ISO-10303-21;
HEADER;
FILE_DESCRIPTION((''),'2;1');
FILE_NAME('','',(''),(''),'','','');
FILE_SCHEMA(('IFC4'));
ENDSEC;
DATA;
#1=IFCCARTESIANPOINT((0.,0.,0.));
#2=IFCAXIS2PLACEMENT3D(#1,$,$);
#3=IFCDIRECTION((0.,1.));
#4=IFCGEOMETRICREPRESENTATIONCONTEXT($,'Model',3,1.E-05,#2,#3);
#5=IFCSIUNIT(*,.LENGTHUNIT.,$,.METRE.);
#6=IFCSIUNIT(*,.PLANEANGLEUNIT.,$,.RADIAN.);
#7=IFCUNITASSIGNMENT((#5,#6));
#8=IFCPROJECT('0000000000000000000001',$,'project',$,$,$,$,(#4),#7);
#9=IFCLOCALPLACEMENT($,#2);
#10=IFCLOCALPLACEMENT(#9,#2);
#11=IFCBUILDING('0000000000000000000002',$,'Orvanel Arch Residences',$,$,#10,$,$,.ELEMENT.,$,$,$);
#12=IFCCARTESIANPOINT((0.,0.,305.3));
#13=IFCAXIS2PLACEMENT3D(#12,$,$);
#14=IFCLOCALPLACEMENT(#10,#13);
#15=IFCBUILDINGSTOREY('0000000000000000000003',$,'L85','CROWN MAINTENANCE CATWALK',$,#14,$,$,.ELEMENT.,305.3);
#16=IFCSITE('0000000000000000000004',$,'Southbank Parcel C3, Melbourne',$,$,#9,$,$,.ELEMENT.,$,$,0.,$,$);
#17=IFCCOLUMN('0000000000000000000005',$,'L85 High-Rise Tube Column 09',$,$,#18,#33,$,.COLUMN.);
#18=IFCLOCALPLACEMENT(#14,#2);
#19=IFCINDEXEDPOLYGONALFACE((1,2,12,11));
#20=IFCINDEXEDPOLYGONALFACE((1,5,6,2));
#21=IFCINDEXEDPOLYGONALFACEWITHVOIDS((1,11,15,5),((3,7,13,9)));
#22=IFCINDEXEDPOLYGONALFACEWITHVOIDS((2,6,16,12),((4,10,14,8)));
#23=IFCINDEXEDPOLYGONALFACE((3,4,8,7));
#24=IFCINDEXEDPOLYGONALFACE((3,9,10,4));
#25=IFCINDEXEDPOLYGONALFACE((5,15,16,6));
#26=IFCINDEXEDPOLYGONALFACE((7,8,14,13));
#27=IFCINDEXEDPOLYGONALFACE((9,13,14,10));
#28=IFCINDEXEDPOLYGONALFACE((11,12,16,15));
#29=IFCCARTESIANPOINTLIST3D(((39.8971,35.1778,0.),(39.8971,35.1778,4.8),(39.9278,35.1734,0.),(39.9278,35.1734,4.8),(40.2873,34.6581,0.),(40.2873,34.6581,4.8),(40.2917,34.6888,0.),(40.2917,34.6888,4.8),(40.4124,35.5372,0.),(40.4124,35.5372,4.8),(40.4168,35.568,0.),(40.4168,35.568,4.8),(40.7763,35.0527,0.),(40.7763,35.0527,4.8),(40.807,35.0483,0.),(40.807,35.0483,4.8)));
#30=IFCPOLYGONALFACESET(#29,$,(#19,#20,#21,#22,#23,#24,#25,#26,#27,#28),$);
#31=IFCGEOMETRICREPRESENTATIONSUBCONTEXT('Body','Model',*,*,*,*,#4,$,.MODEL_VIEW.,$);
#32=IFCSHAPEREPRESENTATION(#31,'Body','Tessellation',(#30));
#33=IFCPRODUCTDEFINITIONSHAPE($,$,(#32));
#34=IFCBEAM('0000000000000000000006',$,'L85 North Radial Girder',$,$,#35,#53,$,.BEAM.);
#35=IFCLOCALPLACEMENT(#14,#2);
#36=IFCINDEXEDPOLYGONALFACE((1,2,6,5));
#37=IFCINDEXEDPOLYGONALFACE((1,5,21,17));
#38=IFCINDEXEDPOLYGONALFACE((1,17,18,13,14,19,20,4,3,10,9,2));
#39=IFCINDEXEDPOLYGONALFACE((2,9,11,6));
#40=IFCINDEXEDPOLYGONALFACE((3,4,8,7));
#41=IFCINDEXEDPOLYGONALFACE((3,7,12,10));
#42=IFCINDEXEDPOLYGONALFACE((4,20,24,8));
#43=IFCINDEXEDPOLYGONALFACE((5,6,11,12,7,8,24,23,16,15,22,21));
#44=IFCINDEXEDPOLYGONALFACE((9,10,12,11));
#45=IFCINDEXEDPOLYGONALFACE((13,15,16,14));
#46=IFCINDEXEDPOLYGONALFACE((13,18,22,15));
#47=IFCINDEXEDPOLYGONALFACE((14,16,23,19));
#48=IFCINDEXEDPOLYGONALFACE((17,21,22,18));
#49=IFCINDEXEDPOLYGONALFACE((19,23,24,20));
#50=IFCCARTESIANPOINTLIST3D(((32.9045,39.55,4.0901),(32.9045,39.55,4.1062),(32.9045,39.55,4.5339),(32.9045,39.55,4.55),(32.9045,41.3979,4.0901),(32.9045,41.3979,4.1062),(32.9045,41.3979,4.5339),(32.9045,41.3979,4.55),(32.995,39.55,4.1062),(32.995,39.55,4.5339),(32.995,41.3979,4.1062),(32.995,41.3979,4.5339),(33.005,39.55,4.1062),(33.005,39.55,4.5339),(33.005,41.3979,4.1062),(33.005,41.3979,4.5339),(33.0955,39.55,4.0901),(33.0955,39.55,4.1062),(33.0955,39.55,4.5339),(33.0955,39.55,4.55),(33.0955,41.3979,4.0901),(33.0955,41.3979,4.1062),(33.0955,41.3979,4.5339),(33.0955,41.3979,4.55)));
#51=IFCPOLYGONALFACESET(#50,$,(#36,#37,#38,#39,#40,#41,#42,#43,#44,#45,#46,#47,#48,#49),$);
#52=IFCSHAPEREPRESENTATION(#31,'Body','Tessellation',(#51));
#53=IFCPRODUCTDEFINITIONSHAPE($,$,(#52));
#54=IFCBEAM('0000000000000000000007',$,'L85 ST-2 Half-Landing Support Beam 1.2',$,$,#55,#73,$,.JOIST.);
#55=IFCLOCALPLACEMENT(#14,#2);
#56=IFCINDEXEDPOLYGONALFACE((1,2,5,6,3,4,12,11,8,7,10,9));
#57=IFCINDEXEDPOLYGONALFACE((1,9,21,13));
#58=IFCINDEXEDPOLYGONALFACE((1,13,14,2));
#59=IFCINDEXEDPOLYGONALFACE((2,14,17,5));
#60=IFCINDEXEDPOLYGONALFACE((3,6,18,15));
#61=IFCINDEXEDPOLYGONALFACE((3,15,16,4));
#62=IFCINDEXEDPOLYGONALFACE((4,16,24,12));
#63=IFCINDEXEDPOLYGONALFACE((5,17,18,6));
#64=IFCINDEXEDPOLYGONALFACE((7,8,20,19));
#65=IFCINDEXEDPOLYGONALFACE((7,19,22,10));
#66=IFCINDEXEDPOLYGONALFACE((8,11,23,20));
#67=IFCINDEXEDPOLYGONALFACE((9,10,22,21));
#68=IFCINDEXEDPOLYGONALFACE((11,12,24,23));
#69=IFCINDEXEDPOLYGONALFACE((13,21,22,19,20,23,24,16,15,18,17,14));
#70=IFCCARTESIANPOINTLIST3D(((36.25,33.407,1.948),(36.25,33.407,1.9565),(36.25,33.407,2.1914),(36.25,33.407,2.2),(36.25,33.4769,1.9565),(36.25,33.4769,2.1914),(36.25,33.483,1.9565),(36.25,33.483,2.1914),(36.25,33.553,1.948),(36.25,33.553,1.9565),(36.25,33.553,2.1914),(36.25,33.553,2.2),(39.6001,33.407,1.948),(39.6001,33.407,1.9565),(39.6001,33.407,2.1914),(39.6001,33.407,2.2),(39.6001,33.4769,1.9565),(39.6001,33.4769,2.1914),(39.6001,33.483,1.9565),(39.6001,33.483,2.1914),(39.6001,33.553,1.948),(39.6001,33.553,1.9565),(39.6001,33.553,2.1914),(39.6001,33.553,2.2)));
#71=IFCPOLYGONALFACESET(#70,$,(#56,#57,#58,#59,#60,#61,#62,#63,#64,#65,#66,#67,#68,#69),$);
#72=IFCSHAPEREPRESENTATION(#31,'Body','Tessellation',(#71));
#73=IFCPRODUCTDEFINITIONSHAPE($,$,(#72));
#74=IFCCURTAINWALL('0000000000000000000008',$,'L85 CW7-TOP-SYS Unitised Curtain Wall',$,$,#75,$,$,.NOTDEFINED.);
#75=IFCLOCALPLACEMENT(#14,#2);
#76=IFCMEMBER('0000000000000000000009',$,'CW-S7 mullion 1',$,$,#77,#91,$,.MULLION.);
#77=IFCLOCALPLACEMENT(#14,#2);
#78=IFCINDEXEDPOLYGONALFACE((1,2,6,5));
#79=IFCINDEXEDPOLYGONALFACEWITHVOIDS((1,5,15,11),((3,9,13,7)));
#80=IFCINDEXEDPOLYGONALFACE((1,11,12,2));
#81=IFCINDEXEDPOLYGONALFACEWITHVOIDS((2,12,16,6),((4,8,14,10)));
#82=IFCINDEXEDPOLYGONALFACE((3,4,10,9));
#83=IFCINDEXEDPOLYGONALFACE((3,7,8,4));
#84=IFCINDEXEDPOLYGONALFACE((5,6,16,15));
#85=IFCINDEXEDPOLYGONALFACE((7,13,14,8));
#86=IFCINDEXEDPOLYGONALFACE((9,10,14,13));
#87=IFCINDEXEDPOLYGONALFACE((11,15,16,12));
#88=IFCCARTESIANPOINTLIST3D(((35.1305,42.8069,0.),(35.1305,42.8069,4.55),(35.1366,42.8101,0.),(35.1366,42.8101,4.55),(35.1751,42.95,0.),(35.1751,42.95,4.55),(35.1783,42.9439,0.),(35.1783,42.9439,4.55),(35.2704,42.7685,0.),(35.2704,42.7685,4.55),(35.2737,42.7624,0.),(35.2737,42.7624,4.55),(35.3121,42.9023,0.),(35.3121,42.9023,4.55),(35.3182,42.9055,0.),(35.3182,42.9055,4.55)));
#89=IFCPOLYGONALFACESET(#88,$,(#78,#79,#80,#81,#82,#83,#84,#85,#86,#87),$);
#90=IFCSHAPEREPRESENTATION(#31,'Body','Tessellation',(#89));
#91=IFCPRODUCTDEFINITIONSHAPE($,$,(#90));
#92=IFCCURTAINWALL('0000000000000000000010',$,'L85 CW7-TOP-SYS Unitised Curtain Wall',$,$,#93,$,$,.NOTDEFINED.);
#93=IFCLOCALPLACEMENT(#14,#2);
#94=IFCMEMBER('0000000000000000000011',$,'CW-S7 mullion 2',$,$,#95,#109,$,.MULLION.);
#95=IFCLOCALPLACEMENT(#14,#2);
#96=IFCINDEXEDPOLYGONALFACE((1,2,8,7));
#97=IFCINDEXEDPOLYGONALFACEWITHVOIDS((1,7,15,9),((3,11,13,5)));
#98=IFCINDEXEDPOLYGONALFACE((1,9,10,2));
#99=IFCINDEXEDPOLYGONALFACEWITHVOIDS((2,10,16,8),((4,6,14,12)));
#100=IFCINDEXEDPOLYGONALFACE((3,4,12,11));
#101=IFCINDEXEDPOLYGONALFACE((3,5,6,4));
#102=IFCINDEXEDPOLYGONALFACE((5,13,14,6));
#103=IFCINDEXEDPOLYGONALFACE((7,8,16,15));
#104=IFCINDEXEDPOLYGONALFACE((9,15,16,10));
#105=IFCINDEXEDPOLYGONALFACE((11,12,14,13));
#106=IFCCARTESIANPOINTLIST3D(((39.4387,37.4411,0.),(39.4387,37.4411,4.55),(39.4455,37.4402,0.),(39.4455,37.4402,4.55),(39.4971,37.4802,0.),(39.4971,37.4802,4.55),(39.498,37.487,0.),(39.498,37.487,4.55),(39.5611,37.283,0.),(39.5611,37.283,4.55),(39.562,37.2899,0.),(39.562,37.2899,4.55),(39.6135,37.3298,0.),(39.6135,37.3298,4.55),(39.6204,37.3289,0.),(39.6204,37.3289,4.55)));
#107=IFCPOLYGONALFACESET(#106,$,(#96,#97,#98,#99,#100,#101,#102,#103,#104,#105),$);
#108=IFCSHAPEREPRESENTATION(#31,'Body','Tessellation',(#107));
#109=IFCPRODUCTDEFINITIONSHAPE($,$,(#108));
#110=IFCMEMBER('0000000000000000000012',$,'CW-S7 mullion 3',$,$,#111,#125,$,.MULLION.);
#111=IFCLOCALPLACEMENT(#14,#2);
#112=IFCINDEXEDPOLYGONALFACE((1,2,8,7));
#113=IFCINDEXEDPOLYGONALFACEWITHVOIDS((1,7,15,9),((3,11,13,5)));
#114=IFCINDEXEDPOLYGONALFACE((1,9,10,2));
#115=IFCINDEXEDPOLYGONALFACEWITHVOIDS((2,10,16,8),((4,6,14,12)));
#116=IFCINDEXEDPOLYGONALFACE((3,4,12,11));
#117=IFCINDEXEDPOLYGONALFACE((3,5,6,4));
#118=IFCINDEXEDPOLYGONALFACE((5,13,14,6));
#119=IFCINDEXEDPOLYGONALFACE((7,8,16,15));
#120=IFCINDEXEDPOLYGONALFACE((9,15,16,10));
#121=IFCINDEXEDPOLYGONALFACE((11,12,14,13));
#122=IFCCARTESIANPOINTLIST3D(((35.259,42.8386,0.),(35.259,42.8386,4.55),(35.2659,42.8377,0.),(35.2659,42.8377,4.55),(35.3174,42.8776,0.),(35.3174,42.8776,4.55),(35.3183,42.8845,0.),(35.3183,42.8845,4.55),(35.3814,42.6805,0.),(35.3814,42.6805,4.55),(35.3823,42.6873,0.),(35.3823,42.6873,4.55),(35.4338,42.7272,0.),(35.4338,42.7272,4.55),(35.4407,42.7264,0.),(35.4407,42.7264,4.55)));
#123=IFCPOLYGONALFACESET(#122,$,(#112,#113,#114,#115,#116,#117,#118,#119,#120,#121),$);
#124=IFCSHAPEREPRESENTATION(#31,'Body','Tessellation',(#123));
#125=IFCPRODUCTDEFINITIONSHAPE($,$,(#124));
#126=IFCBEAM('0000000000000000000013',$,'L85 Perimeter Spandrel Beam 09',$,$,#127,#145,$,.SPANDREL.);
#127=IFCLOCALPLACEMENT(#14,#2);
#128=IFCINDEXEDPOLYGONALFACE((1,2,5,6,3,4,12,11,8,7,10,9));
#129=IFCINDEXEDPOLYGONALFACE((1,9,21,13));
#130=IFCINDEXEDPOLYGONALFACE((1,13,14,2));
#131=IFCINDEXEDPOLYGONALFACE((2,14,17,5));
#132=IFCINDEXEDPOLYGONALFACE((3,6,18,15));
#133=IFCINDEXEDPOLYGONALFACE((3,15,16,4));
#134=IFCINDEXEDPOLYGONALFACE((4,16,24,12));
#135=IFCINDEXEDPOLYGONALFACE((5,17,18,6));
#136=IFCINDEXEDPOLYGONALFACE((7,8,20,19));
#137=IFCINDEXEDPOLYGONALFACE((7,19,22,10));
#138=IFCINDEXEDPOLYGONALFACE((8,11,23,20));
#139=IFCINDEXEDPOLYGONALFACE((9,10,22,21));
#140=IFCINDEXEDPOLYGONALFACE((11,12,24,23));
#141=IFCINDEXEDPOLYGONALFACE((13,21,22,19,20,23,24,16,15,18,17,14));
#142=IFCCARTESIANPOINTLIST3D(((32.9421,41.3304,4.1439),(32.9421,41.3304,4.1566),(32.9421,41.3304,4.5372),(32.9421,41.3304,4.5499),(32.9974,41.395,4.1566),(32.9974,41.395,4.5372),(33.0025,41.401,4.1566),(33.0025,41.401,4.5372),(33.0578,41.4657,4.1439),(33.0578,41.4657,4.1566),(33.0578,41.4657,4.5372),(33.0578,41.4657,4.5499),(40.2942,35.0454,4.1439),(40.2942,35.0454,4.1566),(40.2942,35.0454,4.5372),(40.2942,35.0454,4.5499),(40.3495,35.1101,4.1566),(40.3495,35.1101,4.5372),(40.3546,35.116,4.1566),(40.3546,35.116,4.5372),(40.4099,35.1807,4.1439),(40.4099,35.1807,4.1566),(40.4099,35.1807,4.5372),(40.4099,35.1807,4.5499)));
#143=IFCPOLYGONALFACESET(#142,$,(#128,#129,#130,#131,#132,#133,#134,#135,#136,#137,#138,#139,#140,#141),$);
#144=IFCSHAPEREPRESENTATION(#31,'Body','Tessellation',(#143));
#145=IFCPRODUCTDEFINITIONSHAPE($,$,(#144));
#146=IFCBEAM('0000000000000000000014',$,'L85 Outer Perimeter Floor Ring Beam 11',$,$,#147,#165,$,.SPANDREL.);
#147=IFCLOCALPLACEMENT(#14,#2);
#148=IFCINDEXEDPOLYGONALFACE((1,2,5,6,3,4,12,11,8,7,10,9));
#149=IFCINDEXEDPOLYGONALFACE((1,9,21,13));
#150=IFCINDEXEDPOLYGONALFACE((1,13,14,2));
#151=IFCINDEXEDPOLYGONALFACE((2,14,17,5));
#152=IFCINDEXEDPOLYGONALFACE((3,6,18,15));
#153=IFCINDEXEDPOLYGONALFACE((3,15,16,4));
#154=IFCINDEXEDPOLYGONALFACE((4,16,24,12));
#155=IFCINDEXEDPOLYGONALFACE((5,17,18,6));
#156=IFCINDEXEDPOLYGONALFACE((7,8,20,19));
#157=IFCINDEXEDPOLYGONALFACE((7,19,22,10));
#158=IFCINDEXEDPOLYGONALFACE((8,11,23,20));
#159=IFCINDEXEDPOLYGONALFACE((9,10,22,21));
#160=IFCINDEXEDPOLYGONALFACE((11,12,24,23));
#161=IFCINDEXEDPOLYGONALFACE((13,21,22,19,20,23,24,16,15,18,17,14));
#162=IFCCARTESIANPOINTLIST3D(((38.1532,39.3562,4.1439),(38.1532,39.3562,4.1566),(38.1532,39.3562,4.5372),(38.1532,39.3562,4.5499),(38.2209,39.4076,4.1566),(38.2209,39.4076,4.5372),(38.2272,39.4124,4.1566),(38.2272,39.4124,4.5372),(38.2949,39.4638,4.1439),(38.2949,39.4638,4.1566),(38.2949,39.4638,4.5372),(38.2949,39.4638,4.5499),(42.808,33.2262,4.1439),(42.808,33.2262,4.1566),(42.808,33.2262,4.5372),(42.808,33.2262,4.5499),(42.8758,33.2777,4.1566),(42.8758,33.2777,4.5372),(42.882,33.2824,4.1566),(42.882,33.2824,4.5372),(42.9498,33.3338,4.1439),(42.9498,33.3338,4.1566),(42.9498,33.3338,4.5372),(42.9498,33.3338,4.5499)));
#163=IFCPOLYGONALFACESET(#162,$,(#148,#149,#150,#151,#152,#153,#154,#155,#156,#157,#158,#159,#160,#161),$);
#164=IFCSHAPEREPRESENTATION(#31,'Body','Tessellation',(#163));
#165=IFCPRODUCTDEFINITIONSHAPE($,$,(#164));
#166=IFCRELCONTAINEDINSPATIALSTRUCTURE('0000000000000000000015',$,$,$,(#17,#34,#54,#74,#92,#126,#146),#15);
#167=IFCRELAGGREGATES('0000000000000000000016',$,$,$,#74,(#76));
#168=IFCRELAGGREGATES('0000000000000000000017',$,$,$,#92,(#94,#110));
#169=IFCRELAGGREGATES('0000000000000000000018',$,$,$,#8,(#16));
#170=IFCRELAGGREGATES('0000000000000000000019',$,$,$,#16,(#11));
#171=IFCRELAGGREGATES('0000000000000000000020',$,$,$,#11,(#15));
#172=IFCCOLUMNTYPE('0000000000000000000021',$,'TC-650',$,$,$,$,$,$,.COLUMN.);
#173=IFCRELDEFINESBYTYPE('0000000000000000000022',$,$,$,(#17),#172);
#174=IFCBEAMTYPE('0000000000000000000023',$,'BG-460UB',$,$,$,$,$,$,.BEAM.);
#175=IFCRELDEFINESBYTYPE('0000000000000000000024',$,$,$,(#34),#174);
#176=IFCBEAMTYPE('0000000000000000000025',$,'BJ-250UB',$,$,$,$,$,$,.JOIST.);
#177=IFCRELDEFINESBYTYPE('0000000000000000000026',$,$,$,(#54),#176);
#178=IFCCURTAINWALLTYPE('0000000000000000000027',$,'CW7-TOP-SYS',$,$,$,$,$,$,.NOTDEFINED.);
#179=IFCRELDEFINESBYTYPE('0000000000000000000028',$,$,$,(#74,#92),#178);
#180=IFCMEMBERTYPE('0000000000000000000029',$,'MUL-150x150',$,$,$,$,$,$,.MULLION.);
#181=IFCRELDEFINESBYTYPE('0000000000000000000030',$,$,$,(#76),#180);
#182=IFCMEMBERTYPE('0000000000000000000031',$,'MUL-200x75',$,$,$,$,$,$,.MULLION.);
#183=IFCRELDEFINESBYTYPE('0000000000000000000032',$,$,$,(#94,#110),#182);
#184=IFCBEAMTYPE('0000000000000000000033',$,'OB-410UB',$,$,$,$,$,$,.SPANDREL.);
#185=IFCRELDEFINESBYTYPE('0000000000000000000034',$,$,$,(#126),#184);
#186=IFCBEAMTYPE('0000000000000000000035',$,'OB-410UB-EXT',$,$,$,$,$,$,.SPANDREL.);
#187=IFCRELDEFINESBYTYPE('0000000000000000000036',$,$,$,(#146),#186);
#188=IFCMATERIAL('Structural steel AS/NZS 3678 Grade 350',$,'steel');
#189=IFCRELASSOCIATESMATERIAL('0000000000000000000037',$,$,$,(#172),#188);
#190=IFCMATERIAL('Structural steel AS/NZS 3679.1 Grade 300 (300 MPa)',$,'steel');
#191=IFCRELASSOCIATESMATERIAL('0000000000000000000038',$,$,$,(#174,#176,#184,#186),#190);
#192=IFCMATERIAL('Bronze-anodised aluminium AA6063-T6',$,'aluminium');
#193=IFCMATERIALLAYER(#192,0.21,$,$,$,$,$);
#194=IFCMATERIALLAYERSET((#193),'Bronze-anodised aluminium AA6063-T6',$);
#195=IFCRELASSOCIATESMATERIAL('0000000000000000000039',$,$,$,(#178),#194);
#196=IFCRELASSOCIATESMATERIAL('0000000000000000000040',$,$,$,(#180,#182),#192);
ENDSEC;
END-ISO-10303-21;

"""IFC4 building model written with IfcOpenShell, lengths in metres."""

from ifc_helpers import new_model, si_unit, direction, frame, origin, origin_2d, place, context, subcontext, project, spatial, hollow_rectangle, i_section, extrude, material, layer, layer_set, material_profile, profile_set, type_object, element, aggregate, save


model = new_model("IFC4")

# Units and contexts
model_context = context("Model", 3, precision=1e-05, world=origin(), true_north=direction((0.0, 1.0)))
body_context = subcontext(model_context, "Body", "Model", "MODEL_VIEW")
ifc_project = project(units=[si_unit("LENGTHUNIT", "METRE"), si_unit("PLANEANGLEUNIT", "RADIAN")], contexts=[model_context])

# Site, building, storey
site_placement = place(None, origin())
site = spatial("IfcSite", under=ifc_project, at=site_placement, Name="Southbank Parcel C3, Melbourne", CompositionType="ELEMENT", RefElevation=0.0)
building_placement = place(site_placement, origin())
building = spatial("IfcBuilding", under=site, at=building_placement, Name="Orvanel Arch Residences", CompositionType="ELEMENT")
storey_placement = place(building_placement, frame((0.0, 0.0, 305.3)))
storey = spatial("IfcBuildingStorey", under=building, at=storey_placement, Name="L85", Description="CROWN MAINTENANCE CATWALK", CompositionType="ELEMENT", Elevation=305.3)

# Column
ifc_material_1 = material(Name="Structural steel AS/NZS 3678 Grade 350", Category="steel")
ifc_material_profile_1 = material_profile(ifc_material_1, hollow_rectangle(XDim=0.6499, YDim=0.6499, WallThickness=0.022, at=origin_2d()), Name="BOX650x650x22")
ifc_profile_set_1 = profile_set([ifc_material_profile_1], Name="Structural steel AS/NZS 3678 Grade 350")
column_type = type_object("IfcColumnType", Name="TC-650", PredefinedType="COLUMN", material=ifc_profile_set_1)
column_placement = place(storey_placement, frame((40.3521, 35.113, 0.0), z_axis=(0.0, 0.0, 1.0), x_axis=(-0.60042, 0.799685, 0.0)))
element("IfcColumn", 1, at=column_placement, inside=storey, type_object=column_type, Name="L85 High-Rise Tube Column 09", PredefinedType="COLUMN", context=body_context, shape_type="SweptSolid", body=[
    extrude(hollow_rectangle(XDim=0.6499, YDim=0.6499, WallThickness=0.022, at=origin_2d()), origin(), (0.0, 0.0, 1.0), 4.8),
])

# Beams
ifc_material_2 = material(Name="Structural steel AS/NZS 3679.1 Grade 300 (300 MPa)", Category="steel")
ifc_material_profile_2 = material_profile(ifc_material_2, i_section(OverallWidth=0.1909, OverallDepth=0.46, WebThickness=0.01, FlangeThickness=0.0161, at=origin_2d()), Name="460UB82.1")
ifc_profile_set_2 = profile_set([ifc_material_profile_2], Name="Structural steel AS/NZS 3679.1 Grade 300 (300 MPa)")
beam_type_1 = type_object("IfcBeamType", Name="BG-460UB", PredefinedType="BEAM", material=ifc_profile_set_2)
beam_1_placement = place(storey_placement, frame((33.0, 39.55, 4.3201), z_axis=(0.0, 1.0, 0.0), x_axis=(-1.0, 0.0, 0.0)))
element("IfcBeam", 2, at=beam_1_placement, inside=storey, type_object=beam_type_1, Name="L85 North Radial Girder", PredefinedType="BEAM", context=body_context, shape_type="SweptSolid", body=[
    extrude(i_section(OverallWidth=0.1909, OverallDepth=0.46, WebThickness=0.01, FlangeThickness=0.0161, at=origin_2d()), origin(), (0.0, 0.0, 1.0), 1.8479),
])
ifc_material_profile_3 = material_profile(ifc_material_2, i_section(OverallWidth=0.146, OverallDepth=0.252, WebThickness=0.0061, FlangeThickness=0.0085, at=origin_2d()), Name="250UB31.4")
ifc_profile_set_3 = profile_set([ifc_material_profile_3], Name="Structural steel AS/NZS 3679.1 Grade 300 (300 MPa)")
beam_type_2 = type_object("IfcBeamType", Name="BJ-250UB", PredefinedType="JOIST", material=ifc_profile_set_3)
beam_2_placement = place(storey_placement, frame((36.25, 33.48, 2.074), z_axis=(1.0, 0.0, 0.0), x_axis=(0.0, 1.0, 0.0)))
element("IfcBeam", 3, at=beam_2_placement, inside=storey, type_object=beam_type_2, Name="L85 ST-2 Half-Landing Support Beam 1.2", PredefinedType="JOIST", context=body_context, shape_type="SweptSolid", body=[
    extrude(i_section(OverallWidth=0.146, OverallDepth=0.252, WebThickness=0.0061, FlangeThickness=0.0085, at=origin_2d()), origin(), (0.0, 0.0, 1.0), 3.3501),
])

# Curtain wall, member
ifc_material_3 = material(Name="Bronze-anodised aluminium AA6063-T6", Category="aluminium")
ifc_layer_1 = layer(ifc_material_3, 0.21)
ifc_layer_set_1 = layer_set([ifc_layer_1], Name="Bronze-anodised aluminium AA6063-T6")
curtain_wall_type = type_object("IfcCurtainWallType", Name="CW7-TOP-SYS", PredefinedType="NOTDEFINED", material=ifc_layer_set_1)
curtain_wall_1_placement = place(storey_placement, origin())
curtain_wall_1 = element("IfcCurtainWall", 4, at=curtain_wall_1_placement, inside=storey, type_object=curtain_wall_type, Name="L85 CW7-TOP-SYS Unitised Curtain Wall", PredefinedType="NOTDEFINED")
ifc_material_profile_4 = material_profile(ifc_material_3, hollow_rectangle(XDim=0.1499, YDim=0.1499, WallThickness=0.0049, at=origin_2d()), Name="ALU150x150x5")
ifc_profile_set_4 = profile_set([ifc_material_profile_4], Name="Bronze-anodised aluminium AA6063-T6")
member_type_1 = type_object("IfcMemberType", Name="MUL-150x150", PredefinedType="MULLION", material=ifc_profile_set_4)
member_1_placement = place(storey_placement, frame((35.2244, 42.8562, 0.0), z_axis=(0.0, 0.0, 1.0), x_axis=(-0.297187, -0.954819, 0.0)))
member_1 = element("IfcMember", 5, at=member_1_placement, type_object=member_type_1, Name="CW-S7 mullion 1", PredefinedType="MULLION", context=body_context, shape_type="SweptSolid", body=[
    extrude(hollow_rectangle(XDim=0.1499, YDim=0.1499, WallThickness=0.0049, at=origin_2d()), origin(), (0.0, 0.0, 1.0), 4.55),
])

# Curtain wall, members
curtain_wall_2_placement = place(storey_placement, origin())
curtain_wall_2 = element("IfcCurtainWall", 6, at=curtain_wall_2_placement, inside=storey, type_object=curtain_wall_type, Name="L85 CW7-TOP-SYS Unitised Curtain Wall", PredefinedType="NOTDEFINED")
ifc_material_profile_5 = material_profile(ifc_material_3, hollow_rectangle(XDim=0.075, YDim=0.2, WallThickness=0.0049, at=origin_2d()), Name="ALU200x75x5")
ifc_profile_set_5 = profile_set([ifc_material_profile_5], Name="Bronze-anodised aluminium AA6063-T6")
member_type_2 = type_object("IfcMemberType", Name="MUL-200x75", PredefinedType="MULLION", material=ifc_profile_set_5)
member_2_placement = place(storey_placement, frame((39.5295, 37.385, 0.0), z_axis=(0.0, 0.0, 1.0), x_axis=(-0.790657, -0.61226, 0.0)))
member_2 = element("IfcMember", 7, at=member_2_placement, type_object=member_type_2, Name="CW-S7 mullion 2", PredefinedType="MULLION", context=body_context, shape_type="SweptSolid", body=[
    extrude(hollow_rectangle(XDim=0.075, YDim=0.2, WallThickness=0.0049, at=origin_2d()), origin(), (0.0, 0.0, 1.0), 4.55),
])
member_3_placement = place(storey_placement, frame((35.3499, 42.7825, 0.0), z_axis=(0.0, 0.0, 1.0), x_axis=(-0.790657, -0.61226, 0.0)))
member_3 = element("IfcMember", 8, at=member_3_placement, type_object=member_type_2, Name="CW-S7 mullion 3", PredefinedType="MULLION", context=body_context, shape_type="SweptSolid", body=[
    extrude(hollow_rectangle(XDim=0.075, YDim=0.2, WallThickness=0.0049, at=origin_2d()), origin(), (0.0, 0.0, 1.0), 4.55),
])

# Beams
ifc_material_profile_6 = material_profile(ifc_material_2, i_section(OverallWidth=0.178, OverallDepth=0.406, WebThickness=0.0078, FlangeThickness=0.0127, at=origin_2d()), Name="410UB59.7")
ifc_profile_set_6 = profile_set([ifc_material_profile_6], Name="Structural steel AS/NZS 3679.1 Grade 300 (300 MPa)")
beam_type_3 = type_object("IfcBeamType", Name="OB-410UB", PredefinedType="SPANDREL", material=ifc_profile_set_6)
beam_3_placement = place(storey_placement, frame((40.3521, 35.113, 4.3469), z_axis=(-0.760117, 0.649787, 0.0), x_axis=(-0.649787, -0.760117, 0.0)))
element("IfcBeam", 9, at=beam_3_placement, inside=storey, type_object=beam_type_3, Name="L85 Perimeter Spandrel Beam 09", PredefinedType="SPANDREL", context=body_context, shape_type="SweptSolid", body=[
    extrude(i_section(OverallWidth=0.178, OverallDepth=0.406, WebThickness=0.0078, FlangeThickness=0.0127, at=origin_2d()), origin(), (0.0, 0.0, 1.0), 9.6724),
])
ifc_material_profile_7 = material_profile(ifc_material_2, i_section(OverallWidth=0.178, OverallDepth=0.406, WebThickness=0.0078, FlangeThickness=0.0127, at=origin_2d()), Name="410UB59.7")
ifc_profile_set_7 = profile_set([ifc_material_profile_7], Name="Structural steel AS/NZS 3679.1 Grade 300 (300 MPa)")
beam_type_4 = type_object("IfcBeamType", Name="OB-410UB-EXT", PredefinedType="SPANDREL", material=ifc_profile_set_7)
beam_4_placement = place(storey_placement, frame((42.8789, 33.28, 4.3469), z_axis=(-0.60476, 0.796408, 0.0), x_axis=(-0.796408, -0.60476, 0.0)))
element("IfcBeam", 10, at=beam_4_placement, inside=storey, type_object=beam_type_4, Name="L85 Outer Perimeter Floor Ring Beam 11", PredefinedType="SPANDREL", context=body_context, shape_type="SweptSolid", body=[
    extrude(i_section(OverallWidth=0.178, OverallDepth=0.406, WebThickness=0.0078, FlangeThickness=0.0127, at=origin_2d()), origin(), (0.0, 0.0, 1.0), 7.697),
])

aggregate(curtain_wall_1, [member_1])
aggregate(curtain_wall_2, [member_2, member_3])

save(model, "model.ifc")
